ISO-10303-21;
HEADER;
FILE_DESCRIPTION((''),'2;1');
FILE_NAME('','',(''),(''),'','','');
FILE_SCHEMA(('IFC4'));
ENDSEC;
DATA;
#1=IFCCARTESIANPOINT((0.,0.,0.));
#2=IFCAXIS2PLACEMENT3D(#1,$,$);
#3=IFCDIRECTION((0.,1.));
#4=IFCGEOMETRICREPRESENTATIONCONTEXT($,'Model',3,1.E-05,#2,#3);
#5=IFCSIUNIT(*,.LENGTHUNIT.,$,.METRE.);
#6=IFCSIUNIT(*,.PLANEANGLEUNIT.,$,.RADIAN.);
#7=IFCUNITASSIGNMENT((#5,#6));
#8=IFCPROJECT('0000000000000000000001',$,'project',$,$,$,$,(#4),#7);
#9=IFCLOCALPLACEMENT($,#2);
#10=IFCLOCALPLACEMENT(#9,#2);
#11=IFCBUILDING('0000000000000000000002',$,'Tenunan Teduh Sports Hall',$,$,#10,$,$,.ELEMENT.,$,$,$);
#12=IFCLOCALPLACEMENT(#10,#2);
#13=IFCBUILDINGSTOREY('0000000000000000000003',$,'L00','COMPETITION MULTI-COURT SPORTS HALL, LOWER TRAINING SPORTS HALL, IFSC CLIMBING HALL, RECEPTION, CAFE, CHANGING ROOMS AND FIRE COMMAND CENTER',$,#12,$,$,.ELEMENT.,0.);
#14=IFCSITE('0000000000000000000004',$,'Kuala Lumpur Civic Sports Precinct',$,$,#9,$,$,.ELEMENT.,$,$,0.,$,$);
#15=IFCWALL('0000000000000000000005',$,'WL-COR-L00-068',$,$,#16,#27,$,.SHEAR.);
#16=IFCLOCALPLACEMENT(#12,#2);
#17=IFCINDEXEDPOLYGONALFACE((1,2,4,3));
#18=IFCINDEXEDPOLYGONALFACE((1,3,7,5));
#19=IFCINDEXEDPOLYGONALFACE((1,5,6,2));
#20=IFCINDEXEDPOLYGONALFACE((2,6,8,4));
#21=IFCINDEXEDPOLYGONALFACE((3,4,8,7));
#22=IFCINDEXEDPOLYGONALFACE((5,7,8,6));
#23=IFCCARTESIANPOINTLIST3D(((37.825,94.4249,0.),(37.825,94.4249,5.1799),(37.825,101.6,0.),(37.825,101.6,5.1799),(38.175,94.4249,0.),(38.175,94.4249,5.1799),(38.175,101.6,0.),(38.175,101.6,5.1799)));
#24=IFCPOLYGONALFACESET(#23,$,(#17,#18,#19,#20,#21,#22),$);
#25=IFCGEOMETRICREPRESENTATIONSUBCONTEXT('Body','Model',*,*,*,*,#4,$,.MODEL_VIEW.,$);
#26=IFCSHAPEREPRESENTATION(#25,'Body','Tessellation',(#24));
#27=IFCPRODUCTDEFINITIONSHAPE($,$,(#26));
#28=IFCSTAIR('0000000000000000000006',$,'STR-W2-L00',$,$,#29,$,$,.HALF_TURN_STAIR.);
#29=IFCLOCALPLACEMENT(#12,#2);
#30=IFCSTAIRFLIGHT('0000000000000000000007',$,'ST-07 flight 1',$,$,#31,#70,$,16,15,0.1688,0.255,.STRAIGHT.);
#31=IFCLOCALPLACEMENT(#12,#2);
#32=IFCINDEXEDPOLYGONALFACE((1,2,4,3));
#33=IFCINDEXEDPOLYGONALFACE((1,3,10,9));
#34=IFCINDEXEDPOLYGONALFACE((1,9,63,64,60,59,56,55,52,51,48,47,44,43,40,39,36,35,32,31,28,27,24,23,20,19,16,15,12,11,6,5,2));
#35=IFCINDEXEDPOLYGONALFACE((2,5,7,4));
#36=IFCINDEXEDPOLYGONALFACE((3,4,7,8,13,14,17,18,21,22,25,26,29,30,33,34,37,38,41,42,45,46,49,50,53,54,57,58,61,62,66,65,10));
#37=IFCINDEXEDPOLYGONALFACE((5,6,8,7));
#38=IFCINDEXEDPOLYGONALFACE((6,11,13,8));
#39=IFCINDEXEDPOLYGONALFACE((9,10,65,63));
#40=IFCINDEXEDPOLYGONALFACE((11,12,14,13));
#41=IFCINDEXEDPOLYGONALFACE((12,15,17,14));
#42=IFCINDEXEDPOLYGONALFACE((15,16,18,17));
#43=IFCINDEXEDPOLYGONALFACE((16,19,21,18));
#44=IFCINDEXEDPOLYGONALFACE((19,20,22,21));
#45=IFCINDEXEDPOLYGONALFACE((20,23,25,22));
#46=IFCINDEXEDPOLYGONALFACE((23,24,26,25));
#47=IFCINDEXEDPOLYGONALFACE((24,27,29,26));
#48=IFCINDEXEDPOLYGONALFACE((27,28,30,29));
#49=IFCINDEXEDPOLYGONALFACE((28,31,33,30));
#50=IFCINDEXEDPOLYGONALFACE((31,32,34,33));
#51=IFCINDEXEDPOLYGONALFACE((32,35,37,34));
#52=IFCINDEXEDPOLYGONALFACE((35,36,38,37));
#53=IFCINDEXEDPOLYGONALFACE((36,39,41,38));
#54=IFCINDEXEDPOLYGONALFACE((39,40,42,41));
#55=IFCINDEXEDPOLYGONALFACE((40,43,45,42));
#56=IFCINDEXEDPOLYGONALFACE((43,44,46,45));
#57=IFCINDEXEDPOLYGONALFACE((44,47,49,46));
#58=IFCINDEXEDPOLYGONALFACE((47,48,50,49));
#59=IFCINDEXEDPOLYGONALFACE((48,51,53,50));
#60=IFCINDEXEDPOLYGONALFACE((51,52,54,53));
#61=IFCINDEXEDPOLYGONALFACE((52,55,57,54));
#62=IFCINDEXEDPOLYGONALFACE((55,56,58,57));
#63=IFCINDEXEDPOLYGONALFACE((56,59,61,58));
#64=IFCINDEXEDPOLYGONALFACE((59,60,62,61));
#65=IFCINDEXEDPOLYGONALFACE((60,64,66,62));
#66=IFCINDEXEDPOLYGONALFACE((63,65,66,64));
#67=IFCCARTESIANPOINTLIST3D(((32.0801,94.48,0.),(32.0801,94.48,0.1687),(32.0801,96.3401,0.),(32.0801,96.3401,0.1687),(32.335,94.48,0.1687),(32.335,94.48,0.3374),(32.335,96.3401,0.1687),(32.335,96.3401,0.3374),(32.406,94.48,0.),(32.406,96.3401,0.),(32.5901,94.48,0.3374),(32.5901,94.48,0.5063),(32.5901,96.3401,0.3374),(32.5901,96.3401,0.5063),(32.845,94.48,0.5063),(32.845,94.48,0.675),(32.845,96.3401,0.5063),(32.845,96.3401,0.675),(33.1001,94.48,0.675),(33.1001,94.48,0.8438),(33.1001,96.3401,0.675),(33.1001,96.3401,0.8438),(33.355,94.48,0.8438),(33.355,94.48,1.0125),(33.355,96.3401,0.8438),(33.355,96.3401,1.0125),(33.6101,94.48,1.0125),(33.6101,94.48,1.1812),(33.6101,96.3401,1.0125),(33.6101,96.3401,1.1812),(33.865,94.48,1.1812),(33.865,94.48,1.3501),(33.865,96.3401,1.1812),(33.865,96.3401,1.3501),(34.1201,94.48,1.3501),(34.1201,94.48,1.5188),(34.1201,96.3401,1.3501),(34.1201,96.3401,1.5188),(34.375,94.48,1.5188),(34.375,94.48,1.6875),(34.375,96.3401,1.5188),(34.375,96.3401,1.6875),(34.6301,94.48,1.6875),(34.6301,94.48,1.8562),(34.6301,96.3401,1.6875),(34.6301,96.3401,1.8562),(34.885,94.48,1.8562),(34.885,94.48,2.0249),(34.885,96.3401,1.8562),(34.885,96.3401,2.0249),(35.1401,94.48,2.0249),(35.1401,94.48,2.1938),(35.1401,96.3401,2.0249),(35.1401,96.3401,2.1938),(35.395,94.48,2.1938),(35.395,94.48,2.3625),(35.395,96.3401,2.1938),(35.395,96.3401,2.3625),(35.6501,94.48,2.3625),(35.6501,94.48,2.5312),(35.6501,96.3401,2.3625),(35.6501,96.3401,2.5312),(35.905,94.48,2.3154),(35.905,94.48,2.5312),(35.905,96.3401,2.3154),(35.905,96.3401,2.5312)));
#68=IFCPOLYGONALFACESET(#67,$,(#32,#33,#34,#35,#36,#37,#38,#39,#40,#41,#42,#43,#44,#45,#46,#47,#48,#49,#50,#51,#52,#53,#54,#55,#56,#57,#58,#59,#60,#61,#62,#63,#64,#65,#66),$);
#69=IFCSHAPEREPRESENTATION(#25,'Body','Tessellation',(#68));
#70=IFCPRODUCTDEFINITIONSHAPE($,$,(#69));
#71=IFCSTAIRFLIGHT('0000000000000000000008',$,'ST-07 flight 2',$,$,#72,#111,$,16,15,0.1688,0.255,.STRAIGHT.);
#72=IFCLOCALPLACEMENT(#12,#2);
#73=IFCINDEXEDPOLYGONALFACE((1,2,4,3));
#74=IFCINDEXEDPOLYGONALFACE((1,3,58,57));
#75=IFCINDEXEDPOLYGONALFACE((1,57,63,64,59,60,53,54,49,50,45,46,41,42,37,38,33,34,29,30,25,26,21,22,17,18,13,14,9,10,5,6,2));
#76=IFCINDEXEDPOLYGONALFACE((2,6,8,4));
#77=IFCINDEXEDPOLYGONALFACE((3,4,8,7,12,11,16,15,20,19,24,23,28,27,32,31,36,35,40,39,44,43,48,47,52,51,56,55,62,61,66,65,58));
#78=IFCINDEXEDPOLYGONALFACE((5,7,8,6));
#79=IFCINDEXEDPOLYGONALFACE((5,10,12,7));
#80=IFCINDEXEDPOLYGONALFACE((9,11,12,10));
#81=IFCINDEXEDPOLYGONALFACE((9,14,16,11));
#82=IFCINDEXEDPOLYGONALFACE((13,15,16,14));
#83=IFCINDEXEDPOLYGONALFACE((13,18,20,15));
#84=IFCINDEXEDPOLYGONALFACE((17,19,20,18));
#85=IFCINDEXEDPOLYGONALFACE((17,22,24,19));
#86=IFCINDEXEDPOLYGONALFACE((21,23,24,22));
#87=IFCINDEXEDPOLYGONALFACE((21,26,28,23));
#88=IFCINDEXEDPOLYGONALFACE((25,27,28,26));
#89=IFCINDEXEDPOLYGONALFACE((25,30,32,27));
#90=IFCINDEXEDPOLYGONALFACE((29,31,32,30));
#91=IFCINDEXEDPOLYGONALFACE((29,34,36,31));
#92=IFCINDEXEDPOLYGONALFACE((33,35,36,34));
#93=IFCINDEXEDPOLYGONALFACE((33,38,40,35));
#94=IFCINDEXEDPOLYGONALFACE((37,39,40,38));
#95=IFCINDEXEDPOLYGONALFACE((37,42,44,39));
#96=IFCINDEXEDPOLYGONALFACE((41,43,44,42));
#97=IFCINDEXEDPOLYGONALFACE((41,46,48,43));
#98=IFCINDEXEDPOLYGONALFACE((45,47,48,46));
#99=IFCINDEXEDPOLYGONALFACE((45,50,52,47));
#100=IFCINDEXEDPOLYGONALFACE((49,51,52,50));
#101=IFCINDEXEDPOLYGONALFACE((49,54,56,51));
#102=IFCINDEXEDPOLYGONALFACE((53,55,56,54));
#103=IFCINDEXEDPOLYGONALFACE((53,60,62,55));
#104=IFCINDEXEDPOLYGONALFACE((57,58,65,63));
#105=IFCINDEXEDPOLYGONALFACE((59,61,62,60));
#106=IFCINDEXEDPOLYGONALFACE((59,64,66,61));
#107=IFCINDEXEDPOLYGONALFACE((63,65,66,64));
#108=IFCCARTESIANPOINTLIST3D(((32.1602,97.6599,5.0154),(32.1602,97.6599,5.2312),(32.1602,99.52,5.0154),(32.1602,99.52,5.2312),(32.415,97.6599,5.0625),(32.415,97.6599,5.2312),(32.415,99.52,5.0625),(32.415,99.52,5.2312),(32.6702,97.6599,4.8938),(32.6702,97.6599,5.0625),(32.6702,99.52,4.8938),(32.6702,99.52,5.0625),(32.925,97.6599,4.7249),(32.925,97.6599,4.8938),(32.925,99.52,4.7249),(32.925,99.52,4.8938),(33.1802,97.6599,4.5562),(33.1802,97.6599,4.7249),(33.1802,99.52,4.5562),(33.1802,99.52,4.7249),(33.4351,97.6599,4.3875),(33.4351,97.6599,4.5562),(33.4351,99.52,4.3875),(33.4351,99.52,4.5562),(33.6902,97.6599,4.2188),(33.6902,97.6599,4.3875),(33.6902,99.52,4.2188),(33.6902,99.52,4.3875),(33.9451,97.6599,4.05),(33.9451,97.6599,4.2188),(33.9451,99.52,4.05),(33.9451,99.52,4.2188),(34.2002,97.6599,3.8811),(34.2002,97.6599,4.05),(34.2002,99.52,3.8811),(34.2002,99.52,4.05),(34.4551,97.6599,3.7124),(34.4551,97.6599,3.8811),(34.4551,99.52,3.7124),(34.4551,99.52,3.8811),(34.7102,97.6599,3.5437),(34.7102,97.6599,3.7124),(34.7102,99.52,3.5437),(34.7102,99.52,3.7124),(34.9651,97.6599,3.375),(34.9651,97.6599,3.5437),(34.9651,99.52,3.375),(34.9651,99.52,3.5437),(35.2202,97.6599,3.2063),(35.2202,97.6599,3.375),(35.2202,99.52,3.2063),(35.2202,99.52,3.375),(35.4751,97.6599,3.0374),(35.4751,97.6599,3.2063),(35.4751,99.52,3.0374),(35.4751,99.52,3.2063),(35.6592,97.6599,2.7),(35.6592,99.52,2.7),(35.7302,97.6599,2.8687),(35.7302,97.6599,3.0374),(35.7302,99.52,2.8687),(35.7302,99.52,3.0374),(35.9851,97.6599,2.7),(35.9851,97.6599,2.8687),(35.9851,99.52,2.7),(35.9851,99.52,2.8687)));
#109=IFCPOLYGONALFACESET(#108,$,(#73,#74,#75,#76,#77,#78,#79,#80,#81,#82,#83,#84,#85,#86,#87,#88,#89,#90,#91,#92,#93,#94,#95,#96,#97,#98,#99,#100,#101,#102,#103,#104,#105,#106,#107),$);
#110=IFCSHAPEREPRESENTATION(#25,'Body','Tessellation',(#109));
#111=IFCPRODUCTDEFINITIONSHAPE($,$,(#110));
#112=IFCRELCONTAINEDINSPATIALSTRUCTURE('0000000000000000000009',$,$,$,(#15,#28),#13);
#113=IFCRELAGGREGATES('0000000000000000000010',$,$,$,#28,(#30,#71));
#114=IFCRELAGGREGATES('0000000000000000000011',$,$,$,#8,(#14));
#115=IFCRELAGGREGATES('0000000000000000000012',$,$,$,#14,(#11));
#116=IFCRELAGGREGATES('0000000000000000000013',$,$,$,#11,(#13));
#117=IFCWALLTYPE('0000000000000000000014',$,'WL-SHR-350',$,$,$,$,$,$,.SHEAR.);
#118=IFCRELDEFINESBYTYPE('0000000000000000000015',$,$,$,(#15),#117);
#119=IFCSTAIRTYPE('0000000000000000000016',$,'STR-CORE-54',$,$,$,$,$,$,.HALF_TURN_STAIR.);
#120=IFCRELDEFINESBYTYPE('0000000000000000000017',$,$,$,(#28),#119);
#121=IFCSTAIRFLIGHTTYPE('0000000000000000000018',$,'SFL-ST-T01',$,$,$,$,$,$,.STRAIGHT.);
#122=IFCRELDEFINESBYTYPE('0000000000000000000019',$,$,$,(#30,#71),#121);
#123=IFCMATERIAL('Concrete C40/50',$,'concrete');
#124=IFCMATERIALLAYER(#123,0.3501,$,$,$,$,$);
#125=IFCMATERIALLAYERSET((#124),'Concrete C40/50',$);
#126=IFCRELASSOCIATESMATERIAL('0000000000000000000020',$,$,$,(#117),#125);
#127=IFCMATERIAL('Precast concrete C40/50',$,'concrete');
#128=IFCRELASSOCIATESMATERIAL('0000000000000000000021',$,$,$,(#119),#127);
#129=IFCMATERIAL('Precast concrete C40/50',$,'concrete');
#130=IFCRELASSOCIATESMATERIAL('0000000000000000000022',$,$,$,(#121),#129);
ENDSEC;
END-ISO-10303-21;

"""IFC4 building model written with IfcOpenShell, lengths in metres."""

from ifc_helpers import new_model, si_unit, direction, frame, frame_2d, origin, place, context, subcontext, project, spatial, polyline, rectangle, outline, extrude, material, layer, layer_set, type_object, element, aggregate, save


model = new_model("IFC4")

# Units and contexts
model_context = context("Model", 3, precision=1e-05, world=origin(), true_north=direction((0.0, 1.0)))
body_context = subcontext(model_context, "Body", "Model", "MODEL_VIEW")
ifc_project = project(units=[si_unit("LENGTHUNIT", "METRE"), si_unit("PLANEANGLEUNIT", "RADIAN")], contexts=[model_context])

# Site, building, storey
site_placement = place(None, origin())
site = spatial("IfcSite", under=ifc_project, at=site_placement, Name="Kuala Lumpur Civic Sports Precinct", CompositionType="ELEMENT", RefElevation=0.0)
building_placement = place(site_placement, origin())
building = spatial("IfcBuilding", under=site, at=building_placement, Name="Tenunan Teduh Sports Hall", CompositionType="ELEMENT")
storey_placement = place(building_placement, origin())
storey = spatial("IfcBuildingStorey", under=building, at=storey_placement, Name="L00", Description="COMPETITION MULTI-COURT SPORTS HALL, LOWER TRAINING SPORTS HALL, IFSC CLIMBING HALL, RECEPTION, CAFE, CHANGING ROOMS AND FIRE COMMAND CENTER", CompositionType="ELEMENT", Elevation=0.0)

# Wall
ifc_material_1 = material(Name="Concrete C40/50", Category="concrete")
ifc_layer_1 = layer(ifc_material_1, 0.3501)
ifc_layer_set_1 = layer_set([ifc_layer_1], Name="Concrete C40/50")
wall_type = type_object("IfcWallType", Name="WL-SHR-350", PredefinedType="SHEAR", material=ifc_layer_set_1)
wall_placement = place(storey_placement, frame((38.0, 94.425, 0.0), z_axis=(0.0, 0.0, 1.0), x_axis=(0.0, 1.0, 0.0)))
element("IfcWall", 1, at=wall_placement, inside=storey, type_object=wall_type, Name="WL-COR-L00-068", PredefinedType="SHEAR", context=body_context, shape_type="SweptSolid", body=[
    extrude(rectangle(XDim=7.175, YDim=0.3501, at=frame_2d((3.5874, 0.0))), origin(), (0.0, 0.0, 1.0), 5.1799),
])

# Stair, stair flights
ifc_material_2 = material(Name="Precast concrete C40/50", Category="concrete")
stair_type = type_object("IfcStairType", Name="STR-CORE-54", PredefinedType="HALF_TURN_STAIR", material=ifc_material_2)
stair_placement = place(storey_placement, origin())
stair = element("IfcStair", 2, at=stair_placement, inside=storey, type_object=stair_type, Name="STR-W2-L00", PredefinedType="HALF_TURN_STAIR")
ifc_material_3 = material(Name="Precast concrete C40/50", Category="concrete")
stair_flight_type = type_object("IfcStairFlightType", Name="SFL-ST-T01", PredefinedType="STRAIGHT", material=ifc_material_3)
stair_flight_1_placement = place(storey_placement, frame((32.0801, 95.4099, 0.0), z_axis=(0.0, 0.0, 1.0), x_axis=(1.0, 0.0, 0.0)))
stair_flight_1 = element("IfcStairFlight", 3, at=stair_flight_1_placement, type_object=stair_flight_type, Name="ST-07 flight 1", NumberOfRisers=16, NumberOfTreads=15, PredefinedType="STRAIGHT", RiserHeight=0.1688, TreadLength=0.255, context=body_context, shape_type="SweptSolid", body=[
    extrude(outline(polyline([(0.0, 0.0), (0.0, 0.1687), (0.2549, 0.1687), (0.2549, 0.3374), (0.51, 0.3374), (0.51, 0.5063), (0.7649, 0.5063), (0.7649, 0.675), (1.02, 0.675), (1.02, 0.8438), (1.2749, 0.8438), (1.2749, 1.0125), (1.53, 1.0125), (1.53, 1.1812), (1.7849, 1.1812), (1.7849, 1.3501), (2.04, 1.3501), (2.04, 1.5188), (2.2949, 1.5188), (2.2949, 1.6875), (2.55, 1.6875), (2.55, 1.8562), (2.8049, 1.8562), (2.8049, 2.0249), (3.0601, 2.0249), (3.0601, 2.1938), (3.3149, 2.1938), (3.3149, 2.3625), (3.5701, 2.3625), (3.5701, 2.5312), (3.825, 2.5312), (3.825, 2.7), (3.825, 2.3154), (0.3259, 0.0), (0.0, 0.0)])), frame((0.0, 0.9302, 0.0), z_axis=(0.0, -1.0, 0.0), x_axis=(1.0, 0.0, 0.0)), (0.0, 0.0, 1.0), 1.8601),
])
stair_flight_2_placement = place(storey_placement, frame((35.9851, 98.5901, 2.7), z_axis=(0.0, 0.0, 1.0), x_axis=(-1.0, 0.0, 0.0)))
stair_flight_2 = element("IfcStairFlight", 4, at=stair_flight_2_placement, type_object=stair_flight_type, Name="ST-07 flight 2", NumberOfRisers=16, NumberOfTreads=15, PredefinedType="STRAIGHT", RiserHeight=0.1688, TreadLength=0.255, context=body_context, shape_type="SweptSolid", body=[
    extrude(outline(polyline([(0.0, 0.0), (0.0, 0.1687), (0.2549, 0.1687), (0.2549, 0.3374), (0.51, 0.3374), (0.51, 0.5063), (0.7649, 0.5063), (0.7649, 0.675), (1.02, 0.675), (1.02, 0.8438), (1.2749, 0.8438), (1.2749, 1.0125), (1.53, 1.0125), (1.53, 1.1812), (1.7849, 1.1812), (1.7849, 1.3501), (2.04, 1.3501), (2.04, 1.5188), (2.2949, 1.5188), (2.2949, 1.6875), (2.55, 1.6875), (2.55, 1.8562), (2.8049, 1.8562), (2.8049, 2.0249), (3.0601, 2.0249), (3.0601, 2.1938), (3.3149, 2.1938), (3.3149, 2.3625), (3.5701, 2.3625), (3.5701, 2.5312), (3.825, 2.5312), (3.825, 2.7), (3.825, 2.3154), (0.3259, 0.0), (0.0, 0.0)])), frame((0.0, 0.9302, 0.0), z_axis=(0.0, -1.0, 0.0), x_axis=(1.0, 0.0, 0.0)), (0.0, 0.0, 1.0), 1.8601),
])

aggregate(stair, [stair_flight_1, stair_flight_2])

save(model, "model.ifc")
